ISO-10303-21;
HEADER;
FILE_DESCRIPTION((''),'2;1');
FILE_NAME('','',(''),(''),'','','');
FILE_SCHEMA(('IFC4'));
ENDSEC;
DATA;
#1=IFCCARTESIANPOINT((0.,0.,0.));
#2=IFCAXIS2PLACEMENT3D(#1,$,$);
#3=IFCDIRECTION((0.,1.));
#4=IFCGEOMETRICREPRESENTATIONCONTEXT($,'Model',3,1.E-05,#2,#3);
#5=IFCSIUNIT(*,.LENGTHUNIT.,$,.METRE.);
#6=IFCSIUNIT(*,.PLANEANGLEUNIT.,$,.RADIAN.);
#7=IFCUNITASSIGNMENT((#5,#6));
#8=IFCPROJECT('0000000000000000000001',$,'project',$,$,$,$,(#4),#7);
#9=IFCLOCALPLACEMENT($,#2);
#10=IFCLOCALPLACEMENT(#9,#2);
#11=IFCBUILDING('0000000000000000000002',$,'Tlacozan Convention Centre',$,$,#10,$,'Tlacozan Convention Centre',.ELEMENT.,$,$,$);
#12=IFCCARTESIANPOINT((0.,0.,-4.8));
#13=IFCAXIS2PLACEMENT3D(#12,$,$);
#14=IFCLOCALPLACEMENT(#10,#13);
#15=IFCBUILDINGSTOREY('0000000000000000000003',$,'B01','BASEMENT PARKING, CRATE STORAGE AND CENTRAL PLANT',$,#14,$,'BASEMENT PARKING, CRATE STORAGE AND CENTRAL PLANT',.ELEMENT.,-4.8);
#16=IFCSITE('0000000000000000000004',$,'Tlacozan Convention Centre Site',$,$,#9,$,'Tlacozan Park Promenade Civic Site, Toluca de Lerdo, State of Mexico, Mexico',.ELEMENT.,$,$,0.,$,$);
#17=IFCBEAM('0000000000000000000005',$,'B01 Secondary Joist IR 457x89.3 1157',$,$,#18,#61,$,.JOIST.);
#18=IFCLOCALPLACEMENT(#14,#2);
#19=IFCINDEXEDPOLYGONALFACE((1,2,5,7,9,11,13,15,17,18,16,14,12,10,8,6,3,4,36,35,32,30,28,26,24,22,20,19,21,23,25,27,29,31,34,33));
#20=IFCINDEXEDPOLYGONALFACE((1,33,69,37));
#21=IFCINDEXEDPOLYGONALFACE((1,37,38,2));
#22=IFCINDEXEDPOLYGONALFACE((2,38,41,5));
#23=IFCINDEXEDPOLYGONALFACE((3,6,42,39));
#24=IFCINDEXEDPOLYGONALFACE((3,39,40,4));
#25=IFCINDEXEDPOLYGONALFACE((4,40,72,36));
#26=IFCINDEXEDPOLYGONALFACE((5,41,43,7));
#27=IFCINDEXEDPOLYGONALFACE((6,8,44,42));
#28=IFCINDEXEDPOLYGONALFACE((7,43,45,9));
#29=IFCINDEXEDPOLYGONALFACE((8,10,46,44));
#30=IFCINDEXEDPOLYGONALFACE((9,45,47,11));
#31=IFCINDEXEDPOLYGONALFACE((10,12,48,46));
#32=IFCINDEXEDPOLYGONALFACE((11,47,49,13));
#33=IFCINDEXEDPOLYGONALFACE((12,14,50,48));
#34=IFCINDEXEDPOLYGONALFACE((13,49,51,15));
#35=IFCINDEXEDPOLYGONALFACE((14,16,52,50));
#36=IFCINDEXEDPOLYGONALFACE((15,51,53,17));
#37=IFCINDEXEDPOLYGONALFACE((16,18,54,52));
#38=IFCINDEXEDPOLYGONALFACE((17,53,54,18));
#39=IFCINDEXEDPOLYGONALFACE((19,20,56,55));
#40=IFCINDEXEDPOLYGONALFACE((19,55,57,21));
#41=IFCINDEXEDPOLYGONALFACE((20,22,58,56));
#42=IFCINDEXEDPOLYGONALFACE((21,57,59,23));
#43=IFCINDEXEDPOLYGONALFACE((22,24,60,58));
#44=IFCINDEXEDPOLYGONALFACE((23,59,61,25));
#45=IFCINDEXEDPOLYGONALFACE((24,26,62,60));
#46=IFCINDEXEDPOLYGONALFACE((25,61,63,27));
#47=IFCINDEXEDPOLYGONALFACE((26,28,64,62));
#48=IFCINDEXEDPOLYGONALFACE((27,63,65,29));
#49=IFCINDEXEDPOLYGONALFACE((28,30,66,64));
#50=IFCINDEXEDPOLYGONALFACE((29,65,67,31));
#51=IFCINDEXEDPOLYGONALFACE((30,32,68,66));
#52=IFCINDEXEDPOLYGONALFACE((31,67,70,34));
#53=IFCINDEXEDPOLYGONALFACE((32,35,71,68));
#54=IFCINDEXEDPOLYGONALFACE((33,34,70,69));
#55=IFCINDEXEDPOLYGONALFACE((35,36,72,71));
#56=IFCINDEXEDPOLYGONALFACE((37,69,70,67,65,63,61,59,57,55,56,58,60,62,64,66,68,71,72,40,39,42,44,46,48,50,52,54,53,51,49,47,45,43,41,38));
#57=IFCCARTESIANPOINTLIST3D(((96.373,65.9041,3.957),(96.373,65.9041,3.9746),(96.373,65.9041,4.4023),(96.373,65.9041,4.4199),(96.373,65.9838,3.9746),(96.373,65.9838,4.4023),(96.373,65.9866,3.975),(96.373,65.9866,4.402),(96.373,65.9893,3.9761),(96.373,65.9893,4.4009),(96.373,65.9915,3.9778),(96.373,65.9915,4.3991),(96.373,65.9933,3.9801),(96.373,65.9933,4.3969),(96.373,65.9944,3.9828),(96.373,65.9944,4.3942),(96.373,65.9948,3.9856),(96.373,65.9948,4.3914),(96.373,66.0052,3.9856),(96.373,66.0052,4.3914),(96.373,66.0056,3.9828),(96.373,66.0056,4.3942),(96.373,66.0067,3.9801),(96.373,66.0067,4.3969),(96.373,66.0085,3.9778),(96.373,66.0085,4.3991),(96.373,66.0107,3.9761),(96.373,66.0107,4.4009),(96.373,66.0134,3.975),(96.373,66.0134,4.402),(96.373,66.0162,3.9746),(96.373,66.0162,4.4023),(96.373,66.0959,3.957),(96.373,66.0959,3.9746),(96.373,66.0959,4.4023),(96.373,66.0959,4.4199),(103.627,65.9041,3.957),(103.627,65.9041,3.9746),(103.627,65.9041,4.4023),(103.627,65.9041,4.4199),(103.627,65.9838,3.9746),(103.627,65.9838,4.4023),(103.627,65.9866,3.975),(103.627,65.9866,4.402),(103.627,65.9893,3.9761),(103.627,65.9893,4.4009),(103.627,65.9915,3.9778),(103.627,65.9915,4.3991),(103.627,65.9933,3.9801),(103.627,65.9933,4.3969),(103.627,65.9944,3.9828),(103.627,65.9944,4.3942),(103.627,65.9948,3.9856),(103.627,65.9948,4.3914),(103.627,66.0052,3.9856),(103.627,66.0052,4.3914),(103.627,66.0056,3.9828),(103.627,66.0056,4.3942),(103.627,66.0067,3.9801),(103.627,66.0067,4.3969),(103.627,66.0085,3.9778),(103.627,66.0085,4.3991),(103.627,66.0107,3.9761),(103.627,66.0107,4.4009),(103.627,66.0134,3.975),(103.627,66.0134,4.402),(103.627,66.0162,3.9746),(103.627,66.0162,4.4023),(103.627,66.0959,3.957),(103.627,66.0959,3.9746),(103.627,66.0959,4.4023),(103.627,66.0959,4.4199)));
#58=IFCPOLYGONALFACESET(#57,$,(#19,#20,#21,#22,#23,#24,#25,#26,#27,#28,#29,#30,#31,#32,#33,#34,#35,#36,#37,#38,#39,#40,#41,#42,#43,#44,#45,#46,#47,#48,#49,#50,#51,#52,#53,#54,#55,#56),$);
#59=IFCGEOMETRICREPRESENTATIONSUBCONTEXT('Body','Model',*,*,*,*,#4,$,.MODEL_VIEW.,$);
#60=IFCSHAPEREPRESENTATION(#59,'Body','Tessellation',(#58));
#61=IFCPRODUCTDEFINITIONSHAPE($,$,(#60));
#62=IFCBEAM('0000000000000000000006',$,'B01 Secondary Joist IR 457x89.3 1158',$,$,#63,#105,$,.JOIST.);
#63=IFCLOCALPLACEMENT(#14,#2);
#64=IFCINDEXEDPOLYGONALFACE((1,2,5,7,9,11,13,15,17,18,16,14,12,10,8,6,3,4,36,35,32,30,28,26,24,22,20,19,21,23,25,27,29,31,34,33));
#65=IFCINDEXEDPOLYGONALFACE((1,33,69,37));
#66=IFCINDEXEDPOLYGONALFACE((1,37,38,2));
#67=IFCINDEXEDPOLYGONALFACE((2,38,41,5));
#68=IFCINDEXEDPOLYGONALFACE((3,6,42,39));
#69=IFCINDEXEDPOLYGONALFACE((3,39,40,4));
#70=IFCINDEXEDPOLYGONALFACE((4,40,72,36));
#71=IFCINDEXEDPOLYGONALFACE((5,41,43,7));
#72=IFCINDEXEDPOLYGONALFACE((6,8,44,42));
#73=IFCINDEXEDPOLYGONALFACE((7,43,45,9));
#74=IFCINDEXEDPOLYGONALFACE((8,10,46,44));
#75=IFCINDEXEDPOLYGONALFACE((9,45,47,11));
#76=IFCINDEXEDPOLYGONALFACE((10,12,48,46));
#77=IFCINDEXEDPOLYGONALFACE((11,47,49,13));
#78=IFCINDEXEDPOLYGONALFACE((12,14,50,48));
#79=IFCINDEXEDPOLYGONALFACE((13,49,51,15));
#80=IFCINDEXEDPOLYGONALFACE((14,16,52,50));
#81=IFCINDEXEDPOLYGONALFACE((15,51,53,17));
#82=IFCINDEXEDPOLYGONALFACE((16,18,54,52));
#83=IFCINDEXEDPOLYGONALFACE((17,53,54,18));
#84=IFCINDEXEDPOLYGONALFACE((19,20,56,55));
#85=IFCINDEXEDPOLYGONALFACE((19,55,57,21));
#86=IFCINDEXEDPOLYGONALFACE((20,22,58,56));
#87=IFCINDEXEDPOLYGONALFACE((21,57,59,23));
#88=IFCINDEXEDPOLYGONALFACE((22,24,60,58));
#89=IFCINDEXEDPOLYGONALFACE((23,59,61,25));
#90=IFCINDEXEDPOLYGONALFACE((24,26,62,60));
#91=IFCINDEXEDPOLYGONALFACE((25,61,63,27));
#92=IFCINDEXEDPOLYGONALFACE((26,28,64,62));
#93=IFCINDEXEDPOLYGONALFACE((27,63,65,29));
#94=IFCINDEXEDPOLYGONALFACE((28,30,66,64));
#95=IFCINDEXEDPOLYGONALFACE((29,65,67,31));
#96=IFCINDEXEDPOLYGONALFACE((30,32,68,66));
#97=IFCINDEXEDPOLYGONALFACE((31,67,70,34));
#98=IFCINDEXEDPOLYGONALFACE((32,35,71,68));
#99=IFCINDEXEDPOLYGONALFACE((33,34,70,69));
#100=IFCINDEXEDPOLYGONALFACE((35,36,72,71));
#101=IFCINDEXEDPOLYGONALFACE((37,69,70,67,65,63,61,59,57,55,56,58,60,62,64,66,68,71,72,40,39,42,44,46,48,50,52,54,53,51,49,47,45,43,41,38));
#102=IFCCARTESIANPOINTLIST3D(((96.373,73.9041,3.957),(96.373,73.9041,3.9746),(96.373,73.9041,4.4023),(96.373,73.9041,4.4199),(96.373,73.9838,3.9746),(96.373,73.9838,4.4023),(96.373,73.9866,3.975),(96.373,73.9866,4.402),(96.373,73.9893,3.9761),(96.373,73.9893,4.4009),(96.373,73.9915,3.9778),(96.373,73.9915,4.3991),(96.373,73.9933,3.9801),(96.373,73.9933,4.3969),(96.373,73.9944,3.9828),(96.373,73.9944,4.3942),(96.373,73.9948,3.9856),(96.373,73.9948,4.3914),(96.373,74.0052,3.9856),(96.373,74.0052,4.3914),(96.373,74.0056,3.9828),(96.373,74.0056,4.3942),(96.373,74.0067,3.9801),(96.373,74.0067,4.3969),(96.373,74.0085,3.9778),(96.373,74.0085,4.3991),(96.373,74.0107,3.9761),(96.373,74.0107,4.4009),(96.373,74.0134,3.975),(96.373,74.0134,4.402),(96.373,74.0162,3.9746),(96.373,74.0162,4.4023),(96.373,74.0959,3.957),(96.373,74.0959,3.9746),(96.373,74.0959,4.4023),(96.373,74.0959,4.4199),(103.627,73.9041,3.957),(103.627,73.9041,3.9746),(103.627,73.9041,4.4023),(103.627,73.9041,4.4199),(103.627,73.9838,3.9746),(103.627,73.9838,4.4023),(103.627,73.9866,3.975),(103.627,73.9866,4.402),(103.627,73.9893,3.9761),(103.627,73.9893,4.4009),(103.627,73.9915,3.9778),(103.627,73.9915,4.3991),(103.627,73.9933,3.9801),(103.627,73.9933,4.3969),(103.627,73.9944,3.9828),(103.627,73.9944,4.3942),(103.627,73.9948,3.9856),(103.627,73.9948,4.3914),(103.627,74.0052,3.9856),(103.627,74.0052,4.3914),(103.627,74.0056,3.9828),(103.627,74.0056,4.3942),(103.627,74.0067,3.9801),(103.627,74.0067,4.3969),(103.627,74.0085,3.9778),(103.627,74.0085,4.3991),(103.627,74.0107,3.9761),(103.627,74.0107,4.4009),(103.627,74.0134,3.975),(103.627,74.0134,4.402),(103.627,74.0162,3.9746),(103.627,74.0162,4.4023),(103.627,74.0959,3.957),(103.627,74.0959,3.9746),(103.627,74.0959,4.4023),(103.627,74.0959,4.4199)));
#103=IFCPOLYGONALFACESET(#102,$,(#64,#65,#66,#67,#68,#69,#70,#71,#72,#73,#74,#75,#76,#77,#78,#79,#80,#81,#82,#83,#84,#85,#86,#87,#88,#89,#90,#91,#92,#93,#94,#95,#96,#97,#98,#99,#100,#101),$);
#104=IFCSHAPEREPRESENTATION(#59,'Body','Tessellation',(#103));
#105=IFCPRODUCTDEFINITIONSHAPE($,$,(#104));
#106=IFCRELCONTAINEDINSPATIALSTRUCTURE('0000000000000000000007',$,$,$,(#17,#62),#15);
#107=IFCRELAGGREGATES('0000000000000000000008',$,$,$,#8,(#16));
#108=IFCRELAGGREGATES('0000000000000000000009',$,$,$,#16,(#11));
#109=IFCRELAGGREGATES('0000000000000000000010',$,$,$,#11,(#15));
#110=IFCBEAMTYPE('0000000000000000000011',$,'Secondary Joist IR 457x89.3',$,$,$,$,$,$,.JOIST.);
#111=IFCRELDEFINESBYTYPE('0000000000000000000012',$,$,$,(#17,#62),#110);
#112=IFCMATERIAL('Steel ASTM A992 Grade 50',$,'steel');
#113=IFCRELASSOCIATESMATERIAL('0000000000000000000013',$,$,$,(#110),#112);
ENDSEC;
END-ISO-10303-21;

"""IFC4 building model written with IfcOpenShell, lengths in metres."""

from ifc_helpers import new_model, si_unit, direction, frame, origin, origin_2d, place, context, subcontext, project, spatial, i_section, extrude, material, material_profile, profile_set, type_object, element, save


model = new_model("IFC4")

# Units and contexts
model_context = context("Model", 3, precision=1e-05, world=origin(), true_north=direction((0.0, 1.0)))
body_context = subcontext(model_context, "Body", "Model", "MODEL_VIEW")
ifc_project = project(units=[si_unit("LENGTHUNIT", "METRE"), si_unit("PLANEANGLEUNIT", "RADIAN")], contexts=[model_context])

# Site, building, storey
site_placement = place(None, origin())
site = spatial("IfcSite", under=ifc_project, at=site_placement, Name="Tlacozan Convention Centre Site", LongName="Tlacozan Park Promenade Civic Site, Toluca de Lerdo, State of Mexico, Mexico", CompositionType="ELEMENT", RefElevation=0.0)
building_placement = place(site_placement, origin())
building = spatial("IfcBuilding", under=site, at=building_placement, Name="Tlacozan Convention Centre", LongName="Tlacozan Convention Centre", CompositionType="ELEMENT")
storey_placement = place(building_placement, frame((0.0, 0.0, -4.8)))
storey = spatial("IfcBuildingStorey", under=building, at=storey_placement, Name="B01", Description="BASEMENT PARKING, CRATE STORAGE AND CENTRAL PLANT", LongName="BASEMENT PARKING, CRATE STORAGE AND CENTRAL PLANT", CompositionType="ELEMENT", Elevation=-4.8)

# Beams
ifc_material_1 = material(Name="Steel ASTM A992 Grade 50", Category="steel")
ifc_material_profile_1 = material_profile(ifc_material_1, i_section(OverallWidth=0.1919, OverallDepth=0.4629, WebThickness=0.0105, FlangeThickness=0.0176, FilletRadius=0.011, at=origin_2d()), Name="IR 457x89.3")
ifc_profile_set_1 = profile_set([ifc_material_profile_1], Name="Steel ASTM A992 Grade 50")
beam_type_1 = type_object("IfcBeamType", Name="Secondary Joist IR 457x89.3", PredefinedType="JOIST", material=ifc_profile_set_1)
for number, where, z_axis, x_axis, name in (
    (1, (96.373, 66.0, 4.1885), (1.0, 0.0, 0.0), (0.0, 1.0, 0.0), "B01 Secondary Joist IR 457x89.3 1157"),
    (2, (96.373, 74.0, 4.1885), (1.0, 0.0, 0.0), (0.0, 1.0, 0.0), "B01 Secondary Joist IR 457x89.3 1158"),
):
    element("IfcBeam", number, at=place(storey_placement, frame(where, z_axis=z_axis, x_axis=x_axis)), inside=storey, type_object=beam_type_1, Name=name, PredefinedType="JOIST", context=body_context, shape_type="SweptSolid", body=[
        extrude(i_section(OverallWidth=0.1919, OverallDepth=0.4629, WebThickness=0.0105, FlangeThickness=0.0176, FilletRadius=0.011, at=origin_2d()), origin(), (0.0, 0.0, 1.0), 7.2539),
    ])

save(model, "model.ifc")
